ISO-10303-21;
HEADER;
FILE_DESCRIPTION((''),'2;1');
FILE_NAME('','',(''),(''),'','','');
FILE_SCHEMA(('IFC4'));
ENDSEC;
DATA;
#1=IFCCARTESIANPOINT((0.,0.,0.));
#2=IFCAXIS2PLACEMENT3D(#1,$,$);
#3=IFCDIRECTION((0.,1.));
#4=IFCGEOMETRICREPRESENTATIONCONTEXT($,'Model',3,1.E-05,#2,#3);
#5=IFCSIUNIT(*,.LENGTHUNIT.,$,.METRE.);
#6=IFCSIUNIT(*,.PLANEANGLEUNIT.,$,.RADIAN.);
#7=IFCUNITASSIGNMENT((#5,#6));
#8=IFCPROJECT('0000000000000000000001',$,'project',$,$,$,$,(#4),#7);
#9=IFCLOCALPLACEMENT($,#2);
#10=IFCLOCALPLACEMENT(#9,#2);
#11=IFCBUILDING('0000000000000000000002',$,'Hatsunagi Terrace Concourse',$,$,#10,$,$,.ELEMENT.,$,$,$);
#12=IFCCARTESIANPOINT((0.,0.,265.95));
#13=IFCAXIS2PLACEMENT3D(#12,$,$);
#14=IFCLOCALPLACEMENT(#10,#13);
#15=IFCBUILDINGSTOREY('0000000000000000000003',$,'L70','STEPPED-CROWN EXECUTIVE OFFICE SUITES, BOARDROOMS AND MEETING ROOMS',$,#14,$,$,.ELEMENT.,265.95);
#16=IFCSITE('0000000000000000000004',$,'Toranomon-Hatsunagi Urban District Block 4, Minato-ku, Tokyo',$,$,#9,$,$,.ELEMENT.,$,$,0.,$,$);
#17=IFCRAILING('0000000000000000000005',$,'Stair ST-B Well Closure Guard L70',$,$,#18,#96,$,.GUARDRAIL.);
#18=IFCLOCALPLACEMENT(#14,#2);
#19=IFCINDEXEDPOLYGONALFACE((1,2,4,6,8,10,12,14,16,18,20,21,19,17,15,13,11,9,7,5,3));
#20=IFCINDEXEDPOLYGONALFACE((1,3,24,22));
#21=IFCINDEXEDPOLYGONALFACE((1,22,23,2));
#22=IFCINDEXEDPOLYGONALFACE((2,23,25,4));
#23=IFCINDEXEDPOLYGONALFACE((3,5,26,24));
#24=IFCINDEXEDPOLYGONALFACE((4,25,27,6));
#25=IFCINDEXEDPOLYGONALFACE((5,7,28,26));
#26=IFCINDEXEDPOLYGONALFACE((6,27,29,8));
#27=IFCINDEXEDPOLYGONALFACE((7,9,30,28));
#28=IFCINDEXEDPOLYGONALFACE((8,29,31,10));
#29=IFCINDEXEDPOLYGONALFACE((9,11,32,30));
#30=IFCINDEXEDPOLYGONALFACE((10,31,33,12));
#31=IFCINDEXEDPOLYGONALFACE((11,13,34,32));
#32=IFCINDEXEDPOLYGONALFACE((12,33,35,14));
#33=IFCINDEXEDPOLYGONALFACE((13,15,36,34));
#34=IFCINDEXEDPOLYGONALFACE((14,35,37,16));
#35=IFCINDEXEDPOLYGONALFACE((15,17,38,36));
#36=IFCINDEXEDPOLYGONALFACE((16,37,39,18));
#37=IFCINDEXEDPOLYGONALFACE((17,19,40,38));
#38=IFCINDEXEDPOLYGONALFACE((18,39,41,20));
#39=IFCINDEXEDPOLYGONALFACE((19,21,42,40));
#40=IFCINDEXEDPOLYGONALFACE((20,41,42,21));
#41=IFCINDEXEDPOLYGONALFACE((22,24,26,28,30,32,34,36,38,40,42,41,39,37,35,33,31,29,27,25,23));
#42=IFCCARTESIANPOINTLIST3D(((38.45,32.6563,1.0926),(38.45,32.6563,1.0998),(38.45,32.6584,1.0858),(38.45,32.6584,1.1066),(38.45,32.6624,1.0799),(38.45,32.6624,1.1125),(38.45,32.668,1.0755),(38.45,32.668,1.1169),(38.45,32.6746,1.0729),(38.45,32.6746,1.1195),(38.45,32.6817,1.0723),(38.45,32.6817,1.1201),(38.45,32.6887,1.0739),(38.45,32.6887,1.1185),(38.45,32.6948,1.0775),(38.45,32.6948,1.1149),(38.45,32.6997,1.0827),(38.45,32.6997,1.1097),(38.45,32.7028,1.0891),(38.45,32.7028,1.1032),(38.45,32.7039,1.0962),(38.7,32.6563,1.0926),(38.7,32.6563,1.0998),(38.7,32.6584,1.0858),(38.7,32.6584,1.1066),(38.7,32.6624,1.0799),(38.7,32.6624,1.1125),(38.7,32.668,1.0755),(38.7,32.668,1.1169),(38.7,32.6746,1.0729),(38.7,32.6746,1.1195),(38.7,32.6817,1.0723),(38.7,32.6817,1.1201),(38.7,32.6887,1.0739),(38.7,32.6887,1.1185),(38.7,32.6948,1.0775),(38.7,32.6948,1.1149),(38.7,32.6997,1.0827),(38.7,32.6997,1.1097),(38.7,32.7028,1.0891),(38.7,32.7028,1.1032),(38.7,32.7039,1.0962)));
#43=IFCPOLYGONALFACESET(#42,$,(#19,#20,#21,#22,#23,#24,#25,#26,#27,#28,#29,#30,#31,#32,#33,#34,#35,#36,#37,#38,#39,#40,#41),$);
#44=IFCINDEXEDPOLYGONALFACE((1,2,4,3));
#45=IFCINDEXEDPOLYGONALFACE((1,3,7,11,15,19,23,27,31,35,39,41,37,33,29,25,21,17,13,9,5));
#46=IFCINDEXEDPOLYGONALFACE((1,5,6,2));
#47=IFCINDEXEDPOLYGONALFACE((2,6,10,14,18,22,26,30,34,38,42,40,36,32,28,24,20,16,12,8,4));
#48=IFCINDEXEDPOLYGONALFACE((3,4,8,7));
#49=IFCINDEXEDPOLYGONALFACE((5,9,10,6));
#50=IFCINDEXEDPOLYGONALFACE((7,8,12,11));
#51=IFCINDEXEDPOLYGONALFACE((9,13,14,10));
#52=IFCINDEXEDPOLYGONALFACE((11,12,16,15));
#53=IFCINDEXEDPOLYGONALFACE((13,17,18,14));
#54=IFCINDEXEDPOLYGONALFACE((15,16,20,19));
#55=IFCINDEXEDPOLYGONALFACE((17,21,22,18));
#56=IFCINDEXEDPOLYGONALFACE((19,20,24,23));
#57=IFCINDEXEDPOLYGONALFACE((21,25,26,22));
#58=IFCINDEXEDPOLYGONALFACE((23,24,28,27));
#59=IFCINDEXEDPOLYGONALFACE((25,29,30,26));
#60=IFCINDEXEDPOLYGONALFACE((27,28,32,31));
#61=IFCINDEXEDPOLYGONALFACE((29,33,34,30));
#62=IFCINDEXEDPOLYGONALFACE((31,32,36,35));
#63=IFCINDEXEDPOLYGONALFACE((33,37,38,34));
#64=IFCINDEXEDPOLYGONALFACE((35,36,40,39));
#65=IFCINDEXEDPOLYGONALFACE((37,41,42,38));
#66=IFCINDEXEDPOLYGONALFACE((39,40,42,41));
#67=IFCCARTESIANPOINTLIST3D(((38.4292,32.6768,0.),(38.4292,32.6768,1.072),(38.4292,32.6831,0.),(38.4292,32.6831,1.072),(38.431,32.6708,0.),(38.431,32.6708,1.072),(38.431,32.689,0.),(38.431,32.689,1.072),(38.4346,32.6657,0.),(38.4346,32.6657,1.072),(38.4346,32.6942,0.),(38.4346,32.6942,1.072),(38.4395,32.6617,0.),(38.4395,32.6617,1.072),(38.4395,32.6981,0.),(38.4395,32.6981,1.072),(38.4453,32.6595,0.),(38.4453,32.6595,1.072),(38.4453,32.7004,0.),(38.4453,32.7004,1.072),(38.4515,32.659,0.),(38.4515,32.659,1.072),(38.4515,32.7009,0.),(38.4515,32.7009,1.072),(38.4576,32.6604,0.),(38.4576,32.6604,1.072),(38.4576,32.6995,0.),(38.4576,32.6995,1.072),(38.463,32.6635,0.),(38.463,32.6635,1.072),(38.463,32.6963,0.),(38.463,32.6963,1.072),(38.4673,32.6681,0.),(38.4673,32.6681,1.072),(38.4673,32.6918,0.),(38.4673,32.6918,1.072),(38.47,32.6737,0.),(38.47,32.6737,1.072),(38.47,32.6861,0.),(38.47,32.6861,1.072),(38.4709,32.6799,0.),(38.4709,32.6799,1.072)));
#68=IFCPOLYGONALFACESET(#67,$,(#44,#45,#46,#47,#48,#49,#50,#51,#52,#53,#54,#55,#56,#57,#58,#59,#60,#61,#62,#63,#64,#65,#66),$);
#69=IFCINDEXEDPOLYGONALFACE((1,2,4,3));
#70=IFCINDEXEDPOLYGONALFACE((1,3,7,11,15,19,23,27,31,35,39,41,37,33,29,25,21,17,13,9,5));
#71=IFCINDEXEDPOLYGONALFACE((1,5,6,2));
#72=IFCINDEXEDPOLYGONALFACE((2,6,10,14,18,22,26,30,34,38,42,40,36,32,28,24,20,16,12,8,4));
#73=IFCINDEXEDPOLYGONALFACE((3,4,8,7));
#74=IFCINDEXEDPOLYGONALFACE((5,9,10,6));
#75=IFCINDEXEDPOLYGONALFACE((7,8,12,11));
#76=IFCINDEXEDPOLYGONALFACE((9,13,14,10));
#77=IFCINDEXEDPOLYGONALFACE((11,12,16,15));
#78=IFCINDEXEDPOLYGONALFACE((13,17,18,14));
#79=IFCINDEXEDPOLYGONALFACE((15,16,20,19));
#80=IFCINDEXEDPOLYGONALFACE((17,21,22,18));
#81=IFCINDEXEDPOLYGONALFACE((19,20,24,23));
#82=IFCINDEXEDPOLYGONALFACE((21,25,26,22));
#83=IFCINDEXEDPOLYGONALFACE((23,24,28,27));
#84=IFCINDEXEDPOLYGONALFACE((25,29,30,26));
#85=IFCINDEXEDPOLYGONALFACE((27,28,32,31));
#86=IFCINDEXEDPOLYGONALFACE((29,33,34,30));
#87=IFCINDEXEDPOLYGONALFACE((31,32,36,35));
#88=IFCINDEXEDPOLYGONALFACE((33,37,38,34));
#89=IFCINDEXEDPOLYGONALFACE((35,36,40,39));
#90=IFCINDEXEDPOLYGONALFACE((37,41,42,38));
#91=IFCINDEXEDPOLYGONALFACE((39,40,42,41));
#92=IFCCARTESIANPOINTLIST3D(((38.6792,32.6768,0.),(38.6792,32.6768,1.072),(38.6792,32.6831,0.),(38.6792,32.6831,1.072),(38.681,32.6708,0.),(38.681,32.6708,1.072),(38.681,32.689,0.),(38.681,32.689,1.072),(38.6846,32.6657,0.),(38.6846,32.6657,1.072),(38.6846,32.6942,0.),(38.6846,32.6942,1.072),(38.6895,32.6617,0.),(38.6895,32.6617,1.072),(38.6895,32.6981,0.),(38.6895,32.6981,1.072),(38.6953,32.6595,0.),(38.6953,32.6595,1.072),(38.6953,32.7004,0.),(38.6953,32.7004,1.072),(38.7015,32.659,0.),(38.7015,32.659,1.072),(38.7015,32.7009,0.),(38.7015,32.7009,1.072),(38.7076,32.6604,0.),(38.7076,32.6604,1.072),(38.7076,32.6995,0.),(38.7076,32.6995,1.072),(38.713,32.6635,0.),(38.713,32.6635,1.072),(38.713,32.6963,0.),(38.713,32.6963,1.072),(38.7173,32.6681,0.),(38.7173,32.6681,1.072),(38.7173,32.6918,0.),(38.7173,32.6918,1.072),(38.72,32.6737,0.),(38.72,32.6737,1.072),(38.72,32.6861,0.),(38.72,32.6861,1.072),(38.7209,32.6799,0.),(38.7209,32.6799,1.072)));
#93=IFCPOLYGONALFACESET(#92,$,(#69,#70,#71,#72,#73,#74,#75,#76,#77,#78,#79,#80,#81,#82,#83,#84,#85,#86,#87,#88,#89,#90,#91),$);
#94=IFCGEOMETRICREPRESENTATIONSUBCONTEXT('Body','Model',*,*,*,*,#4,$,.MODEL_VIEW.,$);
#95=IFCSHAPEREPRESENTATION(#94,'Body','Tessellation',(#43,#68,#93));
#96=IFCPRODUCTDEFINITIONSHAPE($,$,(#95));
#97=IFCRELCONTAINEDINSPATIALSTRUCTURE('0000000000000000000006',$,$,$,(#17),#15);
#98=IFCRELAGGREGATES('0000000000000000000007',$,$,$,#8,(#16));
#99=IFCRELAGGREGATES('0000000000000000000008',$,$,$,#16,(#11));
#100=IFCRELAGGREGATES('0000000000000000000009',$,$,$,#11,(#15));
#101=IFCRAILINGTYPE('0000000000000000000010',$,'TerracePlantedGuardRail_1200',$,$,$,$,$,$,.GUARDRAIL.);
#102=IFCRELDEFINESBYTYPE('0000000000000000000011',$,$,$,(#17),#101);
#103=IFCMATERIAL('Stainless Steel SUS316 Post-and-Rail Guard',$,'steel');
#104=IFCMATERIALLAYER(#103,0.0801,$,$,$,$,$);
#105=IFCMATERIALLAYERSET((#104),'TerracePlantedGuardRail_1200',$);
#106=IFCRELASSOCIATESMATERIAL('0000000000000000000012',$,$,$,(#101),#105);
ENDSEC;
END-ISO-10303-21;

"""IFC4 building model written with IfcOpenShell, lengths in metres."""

from ifc_helpers import new_model, si_unit, direction, frame, origin, origin_2d, place, context, subcontext, project, spatial, circle, extrude, material, layer, layer_set, type_object, element, save


model = new_model("IFC4")

# Units and contexts
model_context = context("Model", 3, precision=1e-05, world=origin(), true_north=direction((0.0, 1.0)))
body_context = subcontext(model_context, "Body", "Model", "MODEL_VIEW")
ifc_project = project(units=[si_unit("LENGTHUNIT", "METRE"), si_unit("PLANEANGLEUNIT", "RADIAN")], contexts=[model_context])

# Site, building, storey
site_placement = place(None, origin())
site = spatial("IfcSite", under=ifc_project, at=site_placement, Name="Toranomon-Hatsunagi Urban District Block 4, Minato-ku, Tokyo", CompositionType="ELEMENT", RefElevation=0.0)
building_placement = place(site_placement, origin())
building = spatial("IfcBuilding", under=site, at=building_placement, Name="Hatsunagi Terrace Concourse", CompositionType="ELEMENT")
storey_placement = place(building_placement, frame((0.0, 0.0, 265.95)))
storey = spatial("IfcBuildingStorey", under=building, at=storey_placement, Name="L70", Description="STEPPED-CROWN EXECUTIVE OFFICE SUITES, BOARDROOMS AND MEETING ROOMS", CompositionType="ELEMENT", Elevation=265.95)

# Railing
ifc_material_1 = material(Name="Stainless Steel SUS316 Post-and-Rail Guard", Category="steel")
ifc_layer_1 = layer(ifc_material_1, 0.0801)
ifc_layer_set_1 = layer_set([ifc_layer_1], Name="TerracePlantedGuardRail_1200")
railing_type_1 = type_object("IfcRailingType", Name="TerracePlantedGuardRail_1200", PredefinedType="GUARDRAIL", material=ifc_layer_set_1)
railing_1_placement = place(storey_placement, frame((38.45, 32.6799, 0.0)))
element("IfcRailing", 1, at=railing_1_placement, inside=storey, type_object=railing_type_1, Name="Stair ST-B Well Closure Guard L70", PredefinedType="GUARDRAIL", context=body_context, shape_type="SweptSolid", body=[
    extrude(circle(Radius=0.0239, at=origin_2d()), frame((0.0, 0.0, 1.0962), z_axis=(1.0, 0.0, 0.0), x_axis=(0.0, 1.0, 0.0)), (0.0, 0.0, 1.0), 0.25),
    extrude(circle(Radius=0.021, at=origin_2d()), origin(), (0.0, 0.0, 1.0), 1.072),
    extrude(circle(Radius=0.021, at=origin_2d()), frame((0.25, 0.0, 0.0)), (0.0, 0.0, 1.0), 1.072),
])

save(model, "model.ifc")
